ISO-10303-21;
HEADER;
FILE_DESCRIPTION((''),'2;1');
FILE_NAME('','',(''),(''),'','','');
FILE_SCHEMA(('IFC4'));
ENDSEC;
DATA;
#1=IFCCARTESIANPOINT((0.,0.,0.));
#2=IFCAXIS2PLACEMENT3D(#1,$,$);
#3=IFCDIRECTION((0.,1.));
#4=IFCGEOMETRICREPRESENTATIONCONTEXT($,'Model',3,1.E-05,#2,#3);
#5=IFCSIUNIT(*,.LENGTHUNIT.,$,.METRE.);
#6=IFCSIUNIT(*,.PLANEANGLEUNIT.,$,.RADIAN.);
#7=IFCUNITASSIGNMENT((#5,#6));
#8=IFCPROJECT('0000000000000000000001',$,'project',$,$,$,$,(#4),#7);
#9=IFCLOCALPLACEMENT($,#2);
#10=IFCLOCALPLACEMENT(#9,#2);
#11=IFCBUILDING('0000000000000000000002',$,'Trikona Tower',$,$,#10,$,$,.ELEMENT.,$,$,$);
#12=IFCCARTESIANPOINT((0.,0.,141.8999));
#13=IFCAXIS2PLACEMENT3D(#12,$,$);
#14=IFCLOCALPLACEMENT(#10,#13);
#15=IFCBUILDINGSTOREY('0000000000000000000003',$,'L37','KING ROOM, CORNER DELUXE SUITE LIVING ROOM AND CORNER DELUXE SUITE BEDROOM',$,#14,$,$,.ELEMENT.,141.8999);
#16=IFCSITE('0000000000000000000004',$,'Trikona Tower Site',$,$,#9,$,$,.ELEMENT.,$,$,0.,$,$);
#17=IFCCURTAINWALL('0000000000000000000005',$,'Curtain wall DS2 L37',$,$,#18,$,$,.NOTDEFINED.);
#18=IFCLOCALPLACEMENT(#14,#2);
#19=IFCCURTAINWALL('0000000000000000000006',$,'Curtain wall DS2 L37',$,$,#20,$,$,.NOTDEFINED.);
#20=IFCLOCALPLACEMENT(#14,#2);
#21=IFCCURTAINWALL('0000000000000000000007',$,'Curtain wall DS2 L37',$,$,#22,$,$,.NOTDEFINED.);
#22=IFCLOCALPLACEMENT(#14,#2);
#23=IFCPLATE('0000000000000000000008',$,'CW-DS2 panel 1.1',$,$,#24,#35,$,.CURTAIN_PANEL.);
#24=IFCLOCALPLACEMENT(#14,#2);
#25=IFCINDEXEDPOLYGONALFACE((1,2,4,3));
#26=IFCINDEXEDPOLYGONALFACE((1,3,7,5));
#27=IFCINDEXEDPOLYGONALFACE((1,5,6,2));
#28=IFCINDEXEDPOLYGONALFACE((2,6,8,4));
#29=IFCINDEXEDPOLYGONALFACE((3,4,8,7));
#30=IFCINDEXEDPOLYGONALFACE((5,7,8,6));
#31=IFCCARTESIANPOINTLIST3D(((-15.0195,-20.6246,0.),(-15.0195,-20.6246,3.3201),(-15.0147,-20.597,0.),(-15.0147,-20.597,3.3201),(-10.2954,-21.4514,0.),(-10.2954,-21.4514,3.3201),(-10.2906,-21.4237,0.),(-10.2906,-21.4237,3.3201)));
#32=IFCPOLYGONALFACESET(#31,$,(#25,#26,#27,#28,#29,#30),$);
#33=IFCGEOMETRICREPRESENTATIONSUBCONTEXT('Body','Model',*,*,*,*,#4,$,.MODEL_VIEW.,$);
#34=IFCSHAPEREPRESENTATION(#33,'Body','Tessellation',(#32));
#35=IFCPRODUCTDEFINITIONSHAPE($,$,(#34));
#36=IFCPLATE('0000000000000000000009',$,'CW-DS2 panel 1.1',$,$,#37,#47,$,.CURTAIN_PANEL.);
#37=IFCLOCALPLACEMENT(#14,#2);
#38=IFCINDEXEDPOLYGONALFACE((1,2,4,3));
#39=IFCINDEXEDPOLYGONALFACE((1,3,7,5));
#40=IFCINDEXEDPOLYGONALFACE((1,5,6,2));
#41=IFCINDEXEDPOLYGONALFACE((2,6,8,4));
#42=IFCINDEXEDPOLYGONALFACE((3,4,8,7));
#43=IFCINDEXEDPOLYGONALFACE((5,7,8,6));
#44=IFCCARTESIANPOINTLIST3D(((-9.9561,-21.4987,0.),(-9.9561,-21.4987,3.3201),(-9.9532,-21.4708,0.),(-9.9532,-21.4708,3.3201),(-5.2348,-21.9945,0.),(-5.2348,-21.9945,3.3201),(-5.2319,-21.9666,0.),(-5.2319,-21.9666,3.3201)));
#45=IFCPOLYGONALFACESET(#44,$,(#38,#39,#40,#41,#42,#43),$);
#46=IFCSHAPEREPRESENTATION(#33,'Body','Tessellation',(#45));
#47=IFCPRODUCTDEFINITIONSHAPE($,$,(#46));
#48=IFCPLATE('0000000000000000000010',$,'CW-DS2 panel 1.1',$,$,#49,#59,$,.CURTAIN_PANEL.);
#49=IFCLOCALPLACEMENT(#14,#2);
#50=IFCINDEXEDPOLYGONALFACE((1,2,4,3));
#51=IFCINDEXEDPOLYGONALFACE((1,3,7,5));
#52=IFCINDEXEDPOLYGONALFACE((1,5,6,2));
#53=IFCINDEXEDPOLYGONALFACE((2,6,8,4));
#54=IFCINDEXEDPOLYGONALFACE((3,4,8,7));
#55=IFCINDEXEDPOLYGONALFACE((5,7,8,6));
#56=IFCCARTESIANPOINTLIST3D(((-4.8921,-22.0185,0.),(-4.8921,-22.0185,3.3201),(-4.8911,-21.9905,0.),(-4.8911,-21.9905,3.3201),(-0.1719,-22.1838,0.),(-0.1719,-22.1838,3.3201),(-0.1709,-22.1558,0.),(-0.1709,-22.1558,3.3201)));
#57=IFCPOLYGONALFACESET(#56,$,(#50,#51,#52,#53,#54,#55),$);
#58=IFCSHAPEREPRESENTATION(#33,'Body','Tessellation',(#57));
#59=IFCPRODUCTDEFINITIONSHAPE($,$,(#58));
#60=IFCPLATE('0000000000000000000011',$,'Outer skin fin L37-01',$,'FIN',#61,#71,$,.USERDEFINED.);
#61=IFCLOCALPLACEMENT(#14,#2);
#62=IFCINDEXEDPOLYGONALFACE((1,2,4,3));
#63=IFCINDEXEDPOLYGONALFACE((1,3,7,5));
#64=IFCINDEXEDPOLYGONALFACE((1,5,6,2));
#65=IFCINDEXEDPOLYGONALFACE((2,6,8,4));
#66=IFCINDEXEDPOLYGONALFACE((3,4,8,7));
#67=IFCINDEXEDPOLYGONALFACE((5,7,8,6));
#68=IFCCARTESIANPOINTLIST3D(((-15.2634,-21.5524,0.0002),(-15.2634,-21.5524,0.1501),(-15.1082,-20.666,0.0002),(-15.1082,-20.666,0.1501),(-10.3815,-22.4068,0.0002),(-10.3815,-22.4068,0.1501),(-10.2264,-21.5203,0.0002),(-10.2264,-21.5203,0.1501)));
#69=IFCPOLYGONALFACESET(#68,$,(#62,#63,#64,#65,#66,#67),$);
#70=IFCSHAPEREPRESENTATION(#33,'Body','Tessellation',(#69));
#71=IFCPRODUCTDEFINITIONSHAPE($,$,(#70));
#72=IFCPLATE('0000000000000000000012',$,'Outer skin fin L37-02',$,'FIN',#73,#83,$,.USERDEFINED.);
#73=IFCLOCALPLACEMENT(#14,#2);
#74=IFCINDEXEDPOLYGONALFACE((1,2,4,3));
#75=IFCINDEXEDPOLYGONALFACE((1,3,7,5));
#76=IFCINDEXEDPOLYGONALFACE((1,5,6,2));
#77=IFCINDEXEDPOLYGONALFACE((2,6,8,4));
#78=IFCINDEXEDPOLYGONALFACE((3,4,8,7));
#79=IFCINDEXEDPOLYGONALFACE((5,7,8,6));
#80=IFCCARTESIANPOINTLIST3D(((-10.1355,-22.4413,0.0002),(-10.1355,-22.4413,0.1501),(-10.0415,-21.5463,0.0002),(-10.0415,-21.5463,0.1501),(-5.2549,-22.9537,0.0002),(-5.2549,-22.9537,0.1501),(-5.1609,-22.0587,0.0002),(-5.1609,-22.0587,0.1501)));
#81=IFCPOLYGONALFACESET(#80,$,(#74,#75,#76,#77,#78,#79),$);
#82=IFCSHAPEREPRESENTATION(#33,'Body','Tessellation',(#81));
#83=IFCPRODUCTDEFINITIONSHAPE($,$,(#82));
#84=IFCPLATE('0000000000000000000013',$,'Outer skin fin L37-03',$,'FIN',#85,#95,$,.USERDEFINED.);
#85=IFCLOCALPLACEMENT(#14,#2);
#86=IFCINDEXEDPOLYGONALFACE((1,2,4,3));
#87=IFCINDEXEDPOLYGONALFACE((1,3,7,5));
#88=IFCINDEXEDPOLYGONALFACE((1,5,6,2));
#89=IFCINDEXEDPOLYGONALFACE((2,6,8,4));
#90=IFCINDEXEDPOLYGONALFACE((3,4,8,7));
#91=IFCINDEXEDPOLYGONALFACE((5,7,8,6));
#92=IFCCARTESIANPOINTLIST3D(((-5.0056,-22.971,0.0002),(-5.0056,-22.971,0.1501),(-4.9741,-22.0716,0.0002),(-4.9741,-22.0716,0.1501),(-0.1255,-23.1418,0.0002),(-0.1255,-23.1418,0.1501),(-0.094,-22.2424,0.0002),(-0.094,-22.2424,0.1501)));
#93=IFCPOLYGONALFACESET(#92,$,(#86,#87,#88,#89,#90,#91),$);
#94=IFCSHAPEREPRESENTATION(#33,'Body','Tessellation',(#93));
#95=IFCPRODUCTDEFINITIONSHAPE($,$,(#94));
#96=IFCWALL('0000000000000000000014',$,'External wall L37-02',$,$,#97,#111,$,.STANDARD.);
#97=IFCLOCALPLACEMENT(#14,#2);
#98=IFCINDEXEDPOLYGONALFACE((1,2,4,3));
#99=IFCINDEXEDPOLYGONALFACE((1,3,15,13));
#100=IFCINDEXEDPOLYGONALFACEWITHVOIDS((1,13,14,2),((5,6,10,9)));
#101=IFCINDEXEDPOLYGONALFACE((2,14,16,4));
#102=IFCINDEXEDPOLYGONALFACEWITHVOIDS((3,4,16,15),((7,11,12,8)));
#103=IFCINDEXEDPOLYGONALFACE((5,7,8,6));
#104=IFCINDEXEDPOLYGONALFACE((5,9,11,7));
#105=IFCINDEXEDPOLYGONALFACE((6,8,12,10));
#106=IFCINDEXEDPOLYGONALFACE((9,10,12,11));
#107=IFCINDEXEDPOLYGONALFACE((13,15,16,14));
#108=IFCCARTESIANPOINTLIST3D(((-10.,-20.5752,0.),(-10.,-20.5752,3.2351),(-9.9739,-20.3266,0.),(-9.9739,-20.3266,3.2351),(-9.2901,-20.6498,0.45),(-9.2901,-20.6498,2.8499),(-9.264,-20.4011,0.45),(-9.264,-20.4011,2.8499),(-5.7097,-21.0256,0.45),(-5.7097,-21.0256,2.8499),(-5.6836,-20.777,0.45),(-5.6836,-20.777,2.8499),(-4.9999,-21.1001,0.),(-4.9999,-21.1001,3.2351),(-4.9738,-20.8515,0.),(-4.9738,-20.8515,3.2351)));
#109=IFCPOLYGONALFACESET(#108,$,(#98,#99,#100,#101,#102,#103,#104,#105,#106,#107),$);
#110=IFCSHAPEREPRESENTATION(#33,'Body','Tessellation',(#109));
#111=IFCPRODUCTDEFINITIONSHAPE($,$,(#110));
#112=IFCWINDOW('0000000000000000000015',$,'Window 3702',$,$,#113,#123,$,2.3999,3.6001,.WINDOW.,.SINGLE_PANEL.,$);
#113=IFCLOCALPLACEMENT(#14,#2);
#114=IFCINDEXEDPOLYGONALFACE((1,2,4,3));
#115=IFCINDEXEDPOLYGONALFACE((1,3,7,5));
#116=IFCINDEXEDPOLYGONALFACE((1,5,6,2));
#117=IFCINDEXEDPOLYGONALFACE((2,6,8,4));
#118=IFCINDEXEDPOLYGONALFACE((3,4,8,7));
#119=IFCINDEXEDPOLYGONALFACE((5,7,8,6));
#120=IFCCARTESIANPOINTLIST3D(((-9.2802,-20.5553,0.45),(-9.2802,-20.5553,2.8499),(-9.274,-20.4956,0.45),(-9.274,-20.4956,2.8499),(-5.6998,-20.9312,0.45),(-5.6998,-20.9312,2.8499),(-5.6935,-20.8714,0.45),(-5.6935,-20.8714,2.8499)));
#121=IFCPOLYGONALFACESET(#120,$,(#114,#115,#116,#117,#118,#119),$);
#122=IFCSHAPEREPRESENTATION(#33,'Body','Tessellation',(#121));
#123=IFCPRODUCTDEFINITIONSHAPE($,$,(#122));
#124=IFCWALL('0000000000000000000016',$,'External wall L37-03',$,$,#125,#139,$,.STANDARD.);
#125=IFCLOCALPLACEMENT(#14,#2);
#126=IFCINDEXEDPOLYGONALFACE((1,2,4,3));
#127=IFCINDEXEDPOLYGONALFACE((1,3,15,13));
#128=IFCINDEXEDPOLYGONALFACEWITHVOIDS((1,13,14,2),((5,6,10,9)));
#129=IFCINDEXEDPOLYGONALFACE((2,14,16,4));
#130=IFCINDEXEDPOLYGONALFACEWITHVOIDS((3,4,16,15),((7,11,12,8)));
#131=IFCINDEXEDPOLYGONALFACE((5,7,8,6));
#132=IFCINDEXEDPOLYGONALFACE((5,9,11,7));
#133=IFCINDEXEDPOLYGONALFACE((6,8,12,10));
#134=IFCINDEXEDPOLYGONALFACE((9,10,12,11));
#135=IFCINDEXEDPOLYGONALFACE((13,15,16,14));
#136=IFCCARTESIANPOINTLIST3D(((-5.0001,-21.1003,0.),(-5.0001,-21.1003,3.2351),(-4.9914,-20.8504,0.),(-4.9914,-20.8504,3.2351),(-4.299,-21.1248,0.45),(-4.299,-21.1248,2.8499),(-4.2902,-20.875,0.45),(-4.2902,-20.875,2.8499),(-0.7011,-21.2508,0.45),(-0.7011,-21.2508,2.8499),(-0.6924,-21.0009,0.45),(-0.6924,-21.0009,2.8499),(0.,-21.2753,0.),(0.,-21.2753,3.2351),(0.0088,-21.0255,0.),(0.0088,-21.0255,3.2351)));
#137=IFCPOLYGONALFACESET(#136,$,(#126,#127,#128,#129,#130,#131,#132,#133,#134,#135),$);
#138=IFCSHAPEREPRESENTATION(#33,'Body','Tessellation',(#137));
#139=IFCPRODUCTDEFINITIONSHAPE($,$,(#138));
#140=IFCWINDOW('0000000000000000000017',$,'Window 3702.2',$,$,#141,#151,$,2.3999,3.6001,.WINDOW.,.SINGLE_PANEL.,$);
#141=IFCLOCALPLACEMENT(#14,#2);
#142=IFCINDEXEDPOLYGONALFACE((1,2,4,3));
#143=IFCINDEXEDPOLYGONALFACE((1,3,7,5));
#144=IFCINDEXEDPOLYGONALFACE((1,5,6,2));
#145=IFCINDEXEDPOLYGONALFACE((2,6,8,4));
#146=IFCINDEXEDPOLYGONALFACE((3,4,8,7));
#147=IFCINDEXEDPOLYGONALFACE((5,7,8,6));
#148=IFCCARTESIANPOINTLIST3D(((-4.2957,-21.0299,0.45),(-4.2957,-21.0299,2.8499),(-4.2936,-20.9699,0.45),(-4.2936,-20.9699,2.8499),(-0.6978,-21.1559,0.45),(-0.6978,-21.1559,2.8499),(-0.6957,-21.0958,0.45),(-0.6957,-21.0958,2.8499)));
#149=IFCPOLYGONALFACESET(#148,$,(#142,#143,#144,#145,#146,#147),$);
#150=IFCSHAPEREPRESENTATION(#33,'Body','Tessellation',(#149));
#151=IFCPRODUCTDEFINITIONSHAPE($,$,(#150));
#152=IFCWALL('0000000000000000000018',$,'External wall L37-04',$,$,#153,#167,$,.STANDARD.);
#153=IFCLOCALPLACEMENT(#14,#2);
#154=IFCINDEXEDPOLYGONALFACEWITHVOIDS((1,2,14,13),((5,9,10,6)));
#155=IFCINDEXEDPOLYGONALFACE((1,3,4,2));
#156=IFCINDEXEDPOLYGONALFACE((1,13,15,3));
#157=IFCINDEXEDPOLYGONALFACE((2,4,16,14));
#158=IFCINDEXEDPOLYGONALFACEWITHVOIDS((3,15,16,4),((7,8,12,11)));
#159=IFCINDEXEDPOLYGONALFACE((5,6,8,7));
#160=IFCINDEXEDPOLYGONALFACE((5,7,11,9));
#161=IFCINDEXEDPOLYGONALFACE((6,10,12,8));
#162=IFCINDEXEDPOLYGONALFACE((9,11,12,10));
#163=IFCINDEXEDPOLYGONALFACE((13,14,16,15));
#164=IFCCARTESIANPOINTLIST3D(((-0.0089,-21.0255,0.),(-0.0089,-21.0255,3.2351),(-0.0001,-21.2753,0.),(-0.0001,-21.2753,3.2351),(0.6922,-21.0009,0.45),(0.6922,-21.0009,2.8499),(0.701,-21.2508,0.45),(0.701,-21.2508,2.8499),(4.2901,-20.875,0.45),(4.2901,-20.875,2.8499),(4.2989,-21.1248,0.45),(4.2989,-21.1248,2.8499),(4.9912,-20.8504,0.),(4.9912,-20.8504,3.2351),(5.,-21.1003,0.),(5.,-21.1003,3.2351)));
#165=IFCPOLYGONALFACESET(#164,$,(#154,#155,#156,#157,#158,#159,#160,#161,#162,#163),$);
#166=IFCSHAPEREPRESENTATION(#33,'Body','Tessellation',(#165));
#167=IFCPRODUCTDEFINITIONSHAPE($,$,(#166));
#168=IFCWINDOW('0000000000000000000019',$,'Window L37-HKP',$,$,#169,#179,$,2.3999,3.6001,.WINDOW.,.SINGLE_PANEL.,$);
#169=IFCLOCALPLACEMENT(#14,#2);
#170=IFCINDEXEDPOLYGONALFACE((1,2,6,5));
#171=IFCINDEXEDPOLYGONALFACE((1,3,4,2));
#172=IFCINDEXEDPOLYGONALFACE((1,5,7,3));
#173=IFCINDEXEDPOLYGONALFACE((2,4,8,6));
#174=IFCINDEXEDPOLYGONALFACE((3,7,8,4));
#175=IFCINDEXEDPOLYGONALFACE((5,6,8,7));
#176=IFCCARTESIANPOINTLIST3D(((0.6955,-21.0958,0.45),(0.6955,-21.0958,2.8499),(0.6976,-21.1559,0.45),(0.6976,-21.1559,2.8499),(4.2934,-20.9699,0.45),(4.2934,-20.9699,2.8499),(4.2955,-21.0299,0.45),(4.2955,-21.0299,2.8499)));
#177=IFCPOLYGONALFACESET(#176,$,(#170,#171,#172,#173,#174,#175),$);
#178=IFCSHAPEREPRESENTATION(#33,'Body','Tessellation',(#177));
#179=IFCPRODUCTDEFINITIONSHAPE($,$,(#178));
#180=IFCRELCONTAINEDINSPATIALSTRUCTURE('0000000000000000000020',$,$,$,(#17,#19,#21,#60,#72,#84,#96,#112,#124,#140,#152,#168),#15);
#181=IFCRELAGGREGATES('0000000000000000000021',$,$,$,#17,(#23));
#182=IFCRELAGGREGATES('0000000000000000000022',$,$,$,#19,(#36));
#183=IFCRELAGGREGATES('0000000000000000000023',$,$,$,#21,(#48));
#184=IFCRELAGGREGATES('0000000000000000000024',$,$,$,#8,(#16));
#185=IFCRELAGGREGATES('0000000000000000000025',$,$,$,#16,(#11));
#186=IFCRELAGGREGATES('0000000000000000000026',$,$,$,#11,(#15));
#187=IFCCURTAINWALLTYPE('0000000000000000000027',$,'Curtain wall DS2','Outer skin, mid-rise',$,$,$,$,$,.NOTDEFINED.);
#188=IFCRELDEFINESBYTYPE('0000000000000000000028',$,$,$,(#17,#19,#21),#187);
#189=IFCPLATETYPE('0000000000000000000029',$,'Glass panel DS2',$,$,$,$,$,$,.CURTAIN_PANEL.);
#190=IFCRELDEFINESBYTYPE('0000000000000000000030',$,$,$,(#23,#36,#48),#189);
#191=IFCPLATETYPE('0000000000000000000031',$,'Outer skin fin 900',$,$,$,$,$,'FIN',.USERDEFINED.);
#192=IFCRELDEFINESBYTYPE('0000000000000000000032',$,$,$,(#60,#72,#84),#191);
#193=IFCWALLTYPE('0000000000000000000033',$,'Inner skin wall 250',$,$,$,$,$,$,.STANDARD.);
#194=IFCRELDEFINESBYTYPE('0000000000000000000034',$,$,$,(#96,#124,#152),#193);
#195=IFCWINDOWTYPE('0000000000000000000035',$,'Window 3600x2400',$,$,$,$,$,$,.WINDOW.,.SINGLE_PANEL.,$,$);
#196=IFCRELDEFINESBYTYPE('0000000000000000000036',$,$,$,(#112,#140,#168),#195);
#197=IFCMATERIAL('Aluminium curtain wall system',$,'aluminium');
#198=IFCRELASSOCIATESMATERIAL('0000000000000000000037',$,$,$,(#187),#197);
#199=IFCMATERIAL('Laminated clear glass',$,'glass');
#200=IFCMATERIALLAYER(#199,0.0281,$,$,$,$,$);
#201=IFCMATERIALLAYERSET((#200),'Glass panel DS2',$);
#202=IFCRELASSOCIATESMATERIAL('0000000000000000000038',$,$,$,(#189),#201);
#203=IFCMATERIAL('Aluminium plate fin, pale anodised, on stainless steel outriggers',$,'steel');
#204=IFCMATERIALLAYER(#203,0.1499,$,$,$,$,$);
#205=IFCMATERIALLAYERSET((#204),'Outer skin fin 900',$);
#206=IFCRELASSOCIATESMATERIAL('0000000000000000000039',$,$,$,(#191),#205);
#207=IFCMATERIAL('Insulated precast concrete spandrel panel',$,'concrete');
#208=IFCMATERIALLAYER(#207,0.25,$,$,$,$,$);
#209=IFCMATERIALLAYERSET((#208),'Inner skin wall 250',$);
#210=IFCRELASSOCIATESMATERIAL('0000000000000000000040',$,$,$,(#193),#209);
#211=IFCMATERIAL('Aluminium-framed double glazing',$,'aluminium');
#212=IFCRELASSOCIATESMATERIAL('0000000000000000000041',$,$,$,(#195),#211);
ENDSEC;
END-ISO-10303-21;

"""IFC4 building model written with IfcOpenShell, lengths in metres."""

from ifc_helpers import new_model, si_unit, direction, frame, frame_2d, origin, origin_2d, place, context, subcontext, project, spatial, rectangle, extrude, material, layer, layer_set, type_object, element, fill, aggregate, save


model = new_model("IFC4")

# Units and contexts
model_context = context("Model", 3, precision=1e-05, world=origin(), true_north=direction((0.0, 1.0)))
body_context = subcontext(model_context, "Body", "Model", "MODEL_VIEW")
ifc_project = project(units=[si_unit("LENGTHUNIT", "METRE"), si_unit("PLANEANGLEUNIT", "RADIAN")], contexts=[model_context])

# Site, building, storey
site_placement = place(None, origin())
site = spatial("IfcSite", under=ifc_project, at=site_placement, Name="Trikona Tower Site", CompositionType="ELEMENT", RefElevation=0.0)
building_placement = place(site_placement, origin())
building = spatial("IfcBuilding", under=site, at=building_placement, Name="Trikona Tower", CompositionType="ELEMENT")
storey_placement = place(building_placement, frame((0.0, 0.0, 141.8999)))
storey = spatial("IfcBuildingStorey", under=building, at=storey_placement, Name="L37", Description="KING ROOM, CORNER DELUXE SUITE LIVING ROOM AND CORNER DELUXE SUITE BEDROOM", CompositionType="ELEMENT", Elevation=141.8999)

# Curtain wall
ifc_material_1 = material(Name="Aluminium curtain wall system", Category="aluminium")
curtain_wall_type = type_object("IfcCurtainWallType", Name="Curtain wall DS2", Description="Outer skin, mid-rise", PredefinedType="NOTDEFINED", material=ifc_material_1)
curtain_wall_1_placement = place(storey_placement, origin())
curtain_wall_1 = element("IfcCurtainWall", 1, at=curtain_wall_1_placement, inside=storey, type_object=curtain_wall_type, Name="Curtain wall DS2 L37", PredefinedType="NOTDEFINED")

# Curtain walls
curtain_wall_2_placement = place(storey_placement, origin())
curtain_wall_2 = element("IfcCurtainWall", 2, at=curtain_wall_2_placement, inside=storey, type_object=curtain_wall_type, Name="Curtain wall DS2 L37", PredefinedType="NOTDEFINED")
curtain_wall_3_placement = place(storey_placement, origin())
curtain_wall_3 = element("IfcCurtainWall", 3, at=curtain_wall_3_placement, inside=storey, type_object=curtain_wall_type, Name="Curtain wall DS2 L37", PredefinedType="NOTDEFINED")

# Plates
ifc_material_2 = material(Name="Laminated clear glass", Category="glass")
ifc_layer_1 = layer(ifc_material_2, 0.0281)
ifc_layer_set_1 = layer_set([ifc_layer_1], Name="Glass panel DS2")
plate_type_1 = type_object("IfcPlateType", Name="Glass panel DS2", PredefinedType="CURTAIN_PANEL", material=ifc_layer_set_1)
plate_1_placement = place(storey_placement, frame((-12.655, -21.0242, 0.0), z_axis=(0.0, 0.0, 1.0), x_axis=(0.985031, -0.172377, 0.0)))
plate_1 = element("IfcPlate", 4, at=plate_1_placement, type_object=plate_type_1, Name="CW-DS2 panel 1.1", PredefinedType="CURTAIN_PANEL", context=body_context, shape_type="SweptSolid", body=[
    extrude(rectangle(XDim=4.7959, YDim=0.0281, at=origin_2d()), origin(), (0.0, 0.0, 1.0), 3.3201),
])
aggregate(curtain_wall_1, [plate_1])
plate_2_placement = place(storey_placement, frame((-7.594, -21.7327, 0.0), z_axis=(0.0, 0.0, 1.0), x_axis=(0.994532, -0.104433, 0.0)))
plate_2 = element("IfcPlate", 5, at=plate_2_placement, type_object=plate_type_1, Name="CW-DS2 panel 1.1", PredefinedType="CURTAIN_PANEL", context=body_context, shape_type="SweptSolid", body=[
    extrude(rectangle(XDim=4.7473, YDim=0.0281, at=origin_2d()), origin(), (0.0, 0.0, 1.0), 3.3201),
])
aggregate(curtain_wall_2, [plate_2])
plate_3_placement = place(storey_placement, frame((-2.5315, -22.0872, 0.0), z_axis=(0.0, 0.0, 1.0), x_axis=(0.999387, -0.034998, 0.0)))
plate_3 = element("IfcPlate", 6, at=plate_3_placement, type_object=plate_type_1, Name="CW-DS2 panel 1.1", PredefinedType="CURTAIN_PANEL", context=body_context, shape_type="SweptSolid", body=[
    extrude(rectangle(XDim=4.7231, YDim=0.0281, at=origin_2d()), origin(), (0.0, 0.0, 1.0), 3.3201),
])
aggregate(curtain_wall_3, [plate_3])

# Plates
ifc_material_3 = material(Name="Aluminium plate fin, pale anodised, on stainless steel outriggers", Category="steel")
ifc_layer_2 = layer(ifc_material_3, 0.1499)
ifc_layer_set_2 = layer_set([ifc_layer_2], Name="Outer skin fin 900")
plate_type_2 = type_object("IfcPlateType", Name="Outer skin fin 900", ElementType="FIN", PredefinedType="USERDEFINED", material=ifc_layer_set_2)
plate_4_placement = place(storey_placement, frame((-12.7449, -21.5364, 0.0002), z_axis=(0.0, 0.0, 1.0), x_axis=(0.985031, -0.17238, 0.0)))
element("IfcPlate", 7, at=plate_4_placement, inside=storey, type_object=plate_type_2, Name="Outer skin fin L37-01", ObjectType="FIN", PredefinedType="USERDEFINED", context=body_context, shape_type="SweptSolid", body=[
    extrude(rectangle(XDim=4.9561, YDim=0.8999, at=origin_2d()), origin(), (0.0, 0.0, 1.0), 0.1499),
])
plate_5_placement = place(storey_placement, frame((-7.6482, -22.25, 0.0002), z_axis=(0.0, 0.0, 1.0), x_axis=(0.994533, -0.104426, 0.0)))
element("IfcPlate", 8, at=plate_5_placement, inside=storey, type_object=plate_type_2, Name="Outer skin fin L37-02", ObjectType="FIN", PredefinedType="USERDEFINED", context=body_context, shape_type="SweptSolid", body=[
    extrude(rectangle(XDim=4.9075, YDim=0.8999, at=origin_2d()), origin(), (0.0, 0.0, 1.0), 0.1499),
])
plate_6_placement = place(storey_placement, frame((-2.5498, -22.6067, 0.0002), z_axis=(0.0, 0.0, 1.0), x_axis=(0.999388, -0.034978, 0.0)))
element("IfcPlate", 9, at=plate_6_placement, inside=storey, type_object=plate_type_2, Name="Outer skin fin L37-03", ObjectType="FIN", PredefinedType="USERDEFINED", context=body_context, shape_type="SweptSolid", body=[
    extrude(rectangle(XDim=4.8831, YDim=0.8999, at=origin_2d()), origin(), (0.0, 0.0, 1.0), 0.1499),
])

# Walls, openings, windows
ifc_material_4 = material(Name="Insulated precast concrete spandrel panel", Category="concrete")
ifc_layer_3 = layer(ifc_material_4, 0.25)
ifc_layer_set_3 = layer_set([ifc_layer_3], Name="Inner skin wall 250")
wall_type = type_object("IfcWallType", Name="Inner skin wall 250", PredefinedType="STANDARD", material=ifc_layer_set_3)
wall_1_placement = place(storey_placement, frame((-9.9868, -20.4509, 0.0), z_axis=(0.0, 0.0, 1.0), x_axis=(0.994535, -0.104407, 0.0)))
wall_1 = element("IfcWall", 10, at=wall_1_placement, inside=storey, type_object=wall_type, Name="External wall L37-02", PredefinedType="STANDARD", context=body_context, shape_type="SweptSolid", body=[
    extrude(rectangle(XDim=5.0276, YDim=0.25, at=frame_2d((2.5137, 0.0))), origin(), (0.0, 0.0, 1.0), 3.2351),
])
opening_1_placement = place(wall_1_placement, frame((0.7136, 0.0, 0.45)))
opening_1 = element("IfcOpeningElement", 11, at=opening_1_placement, cuts=wall_1, PredefinedType="OPENING", context=body_context, shape_type="SweptSolid", body=[
    extrude(rectangle(XDim=3.6001, YDim=2.3999, at=frame_2d((1.8, 1.2))), frame((0.0, 0.135, 0.0), z_axis=(0.0, -1.0, 0.0), x_axis=(1.0, 0.0, 0.0)), (0.0, 0.0, 1.0), 0.27),
])
ifc_material_5 = material(Name="Aluminium-framed double glazing", Category="aluminium")
window_type = type_object("IfcWindowType", Name="Window 3600x2400", PartitioningType="SINGLE_PANEL", PredefinedType="WINDOW", material=ifc_material_5)
window_1_placement = place(opening_1_placement, origin())
window_1 = element("IfcWindow", 12, at=window_1_placement, inside=storey, type_object=window_type, Name="Window 3702", OverallHeight=2.3999, OverallWidth=3.6001, PartitioningType="SINGLE_PANEL", PredefinedType="WINDOW", context=body_context, shape_type="SweptSolid", body=[
    extrude(rectangle(XDim=3.6001, YDim=2.3999, at=frame_2d((1.8, 1.2))), frame((0.0, 0.03, 0.0), z_axis=(0.0, -1.0, 0.0), x_axis=(1.0, 0.0, 0.0)), (0.0, 0.0, 1.0), 0.0601),
])
fill(opening_1, window_1)
wall_2_placement = place(storey_placement, frame((-4.9956, -20.9753, 0.0), z_axis=(0.0, 0.0, 1.0), x_axis=(0.999388, -0.034988, 0.0)))
wall_2 = element("IfcWall", 13, at=wall_2_placement, inside=storey, type_object=wall_type, Name="External wall L37-03", PredefinedType="STANDARD", context=body_context, shape_type="SweptSolid", body=[
    extrude(rectangle(XDim=5.0032, YDim=0.25, at=frame_2d((2.5015, 0.0))), origin(), (0.0, 0.0, 1.0), 3.2351),
])
opening_2_placement = place(wall_2_placement, frame((0.7014, 0.0, 0.45)))
opening_2 = element("IfcOpeningElement", 14, at=opening_2_placement, cuts=wall_2, PredefinedType="OPENING", context=body_context, shape_type="SweptSolid", body=[
    extrude(rectangle(XDim=3.6001, YDim=2.3999, at=frame_2d((1.8, 1.2))), frame((0.0, 0.135, 0.0), z_axis=(0.0, -1.0, 0.0), x_axis=(1.0, 0.0, 0.0)), (0.0, 0.0, 1.0), 0.27),
])
window_2_placement = place(opening_2_placement, origin())
window_2 = element("IfcWindow", 15, at=window_2_placement, inside=storey, type_object=window_type, Name="Window 3702.2", OverallHeight=2.3999, OverallWidth=3.6001, PartitioningType="SINGLE_PANEL", PredefinedType="WINDOW", context=body_context, shape_type="SweptSolid", body=[
    extrude(rectangle(XDim=3.6001, YDim=2.3999, at=frame_2d((1.8, 1.2))), frame((0.0, 0.03, 0.0), z_axis=(0.0, -1.0, 0.0), x_axis=(1.0, 0.0, 0.0)), (0.0, 0.0, 1.0), 0.0601),
])
fill(opening_2, window_2)
wall_3_placement = place(storey_placement, frame((-0.0044, -21.1504, 0.0), z_axis=(0.0, 0.0, 1.0), x_axis=(0.999388, 0.034988, 0.0)))
wall_3 = element("IfcWall", 16, at=wall_3_placement, inside=storey, type_object=wall_type, Name="External wall L37-04", PredefinedType="STANDARD", context=body_context, shape_type="SweptSolid", body=[
    extrude(rectangle(XDim=5.0032, YDim=0.25, at=frame_2d((2.5015, 0.0))), origin(), (0.0, 0.0, 1.0), 3.2351),
])
opening_3_placement = place(wall_3_placement, frame((0.7014, 0.0, 0.45)))
opening_3 = element("IfcOpeningElement", 17, at=opening_3_placement, cuts=wall_3, PredefinedType="OPENING", context=body_context, shape_type="SweptSolid", body=[
    extrude(rectangle(XDim=3.6001, YDim=2.3999, at=frame_2d((1.8, 1.2))), frame((0.0, 0.135, 0.0), z_axis=(0.0, -1.0, 0.0), x_axis=(1.0, 0.0, 0.0)), (0.0, 0.0, 1.0), 0.27),
])
window_3_placement = place(opening_3_placement, origin())
window_3 = element("IfcWindow", 18, at=window_3_placement, inside=storey, type_object=window_type, Name="Window L37-HKP", OverallHeight=2.3999, OverallWidth=3.6001, PartitioningType="SINGLE_PANEL", PredefinedType="WINDOW", context=body_context, shape_type="SweptSolid", body=[
    extrude(rectangle(XDim=3.6001, YDim=2.3999, at=frame_2d((1.8, 1.2))), frame((0.0, 0.03, 0.0), z_axis=(0.0, -1.0, 0.0), x_axis=(1.0, 0.0, 0.0)), (0.0, 0.0, 1.0), 0.0601),
])
fill(opening_3, window_3)

save(model, "model.ifc")
